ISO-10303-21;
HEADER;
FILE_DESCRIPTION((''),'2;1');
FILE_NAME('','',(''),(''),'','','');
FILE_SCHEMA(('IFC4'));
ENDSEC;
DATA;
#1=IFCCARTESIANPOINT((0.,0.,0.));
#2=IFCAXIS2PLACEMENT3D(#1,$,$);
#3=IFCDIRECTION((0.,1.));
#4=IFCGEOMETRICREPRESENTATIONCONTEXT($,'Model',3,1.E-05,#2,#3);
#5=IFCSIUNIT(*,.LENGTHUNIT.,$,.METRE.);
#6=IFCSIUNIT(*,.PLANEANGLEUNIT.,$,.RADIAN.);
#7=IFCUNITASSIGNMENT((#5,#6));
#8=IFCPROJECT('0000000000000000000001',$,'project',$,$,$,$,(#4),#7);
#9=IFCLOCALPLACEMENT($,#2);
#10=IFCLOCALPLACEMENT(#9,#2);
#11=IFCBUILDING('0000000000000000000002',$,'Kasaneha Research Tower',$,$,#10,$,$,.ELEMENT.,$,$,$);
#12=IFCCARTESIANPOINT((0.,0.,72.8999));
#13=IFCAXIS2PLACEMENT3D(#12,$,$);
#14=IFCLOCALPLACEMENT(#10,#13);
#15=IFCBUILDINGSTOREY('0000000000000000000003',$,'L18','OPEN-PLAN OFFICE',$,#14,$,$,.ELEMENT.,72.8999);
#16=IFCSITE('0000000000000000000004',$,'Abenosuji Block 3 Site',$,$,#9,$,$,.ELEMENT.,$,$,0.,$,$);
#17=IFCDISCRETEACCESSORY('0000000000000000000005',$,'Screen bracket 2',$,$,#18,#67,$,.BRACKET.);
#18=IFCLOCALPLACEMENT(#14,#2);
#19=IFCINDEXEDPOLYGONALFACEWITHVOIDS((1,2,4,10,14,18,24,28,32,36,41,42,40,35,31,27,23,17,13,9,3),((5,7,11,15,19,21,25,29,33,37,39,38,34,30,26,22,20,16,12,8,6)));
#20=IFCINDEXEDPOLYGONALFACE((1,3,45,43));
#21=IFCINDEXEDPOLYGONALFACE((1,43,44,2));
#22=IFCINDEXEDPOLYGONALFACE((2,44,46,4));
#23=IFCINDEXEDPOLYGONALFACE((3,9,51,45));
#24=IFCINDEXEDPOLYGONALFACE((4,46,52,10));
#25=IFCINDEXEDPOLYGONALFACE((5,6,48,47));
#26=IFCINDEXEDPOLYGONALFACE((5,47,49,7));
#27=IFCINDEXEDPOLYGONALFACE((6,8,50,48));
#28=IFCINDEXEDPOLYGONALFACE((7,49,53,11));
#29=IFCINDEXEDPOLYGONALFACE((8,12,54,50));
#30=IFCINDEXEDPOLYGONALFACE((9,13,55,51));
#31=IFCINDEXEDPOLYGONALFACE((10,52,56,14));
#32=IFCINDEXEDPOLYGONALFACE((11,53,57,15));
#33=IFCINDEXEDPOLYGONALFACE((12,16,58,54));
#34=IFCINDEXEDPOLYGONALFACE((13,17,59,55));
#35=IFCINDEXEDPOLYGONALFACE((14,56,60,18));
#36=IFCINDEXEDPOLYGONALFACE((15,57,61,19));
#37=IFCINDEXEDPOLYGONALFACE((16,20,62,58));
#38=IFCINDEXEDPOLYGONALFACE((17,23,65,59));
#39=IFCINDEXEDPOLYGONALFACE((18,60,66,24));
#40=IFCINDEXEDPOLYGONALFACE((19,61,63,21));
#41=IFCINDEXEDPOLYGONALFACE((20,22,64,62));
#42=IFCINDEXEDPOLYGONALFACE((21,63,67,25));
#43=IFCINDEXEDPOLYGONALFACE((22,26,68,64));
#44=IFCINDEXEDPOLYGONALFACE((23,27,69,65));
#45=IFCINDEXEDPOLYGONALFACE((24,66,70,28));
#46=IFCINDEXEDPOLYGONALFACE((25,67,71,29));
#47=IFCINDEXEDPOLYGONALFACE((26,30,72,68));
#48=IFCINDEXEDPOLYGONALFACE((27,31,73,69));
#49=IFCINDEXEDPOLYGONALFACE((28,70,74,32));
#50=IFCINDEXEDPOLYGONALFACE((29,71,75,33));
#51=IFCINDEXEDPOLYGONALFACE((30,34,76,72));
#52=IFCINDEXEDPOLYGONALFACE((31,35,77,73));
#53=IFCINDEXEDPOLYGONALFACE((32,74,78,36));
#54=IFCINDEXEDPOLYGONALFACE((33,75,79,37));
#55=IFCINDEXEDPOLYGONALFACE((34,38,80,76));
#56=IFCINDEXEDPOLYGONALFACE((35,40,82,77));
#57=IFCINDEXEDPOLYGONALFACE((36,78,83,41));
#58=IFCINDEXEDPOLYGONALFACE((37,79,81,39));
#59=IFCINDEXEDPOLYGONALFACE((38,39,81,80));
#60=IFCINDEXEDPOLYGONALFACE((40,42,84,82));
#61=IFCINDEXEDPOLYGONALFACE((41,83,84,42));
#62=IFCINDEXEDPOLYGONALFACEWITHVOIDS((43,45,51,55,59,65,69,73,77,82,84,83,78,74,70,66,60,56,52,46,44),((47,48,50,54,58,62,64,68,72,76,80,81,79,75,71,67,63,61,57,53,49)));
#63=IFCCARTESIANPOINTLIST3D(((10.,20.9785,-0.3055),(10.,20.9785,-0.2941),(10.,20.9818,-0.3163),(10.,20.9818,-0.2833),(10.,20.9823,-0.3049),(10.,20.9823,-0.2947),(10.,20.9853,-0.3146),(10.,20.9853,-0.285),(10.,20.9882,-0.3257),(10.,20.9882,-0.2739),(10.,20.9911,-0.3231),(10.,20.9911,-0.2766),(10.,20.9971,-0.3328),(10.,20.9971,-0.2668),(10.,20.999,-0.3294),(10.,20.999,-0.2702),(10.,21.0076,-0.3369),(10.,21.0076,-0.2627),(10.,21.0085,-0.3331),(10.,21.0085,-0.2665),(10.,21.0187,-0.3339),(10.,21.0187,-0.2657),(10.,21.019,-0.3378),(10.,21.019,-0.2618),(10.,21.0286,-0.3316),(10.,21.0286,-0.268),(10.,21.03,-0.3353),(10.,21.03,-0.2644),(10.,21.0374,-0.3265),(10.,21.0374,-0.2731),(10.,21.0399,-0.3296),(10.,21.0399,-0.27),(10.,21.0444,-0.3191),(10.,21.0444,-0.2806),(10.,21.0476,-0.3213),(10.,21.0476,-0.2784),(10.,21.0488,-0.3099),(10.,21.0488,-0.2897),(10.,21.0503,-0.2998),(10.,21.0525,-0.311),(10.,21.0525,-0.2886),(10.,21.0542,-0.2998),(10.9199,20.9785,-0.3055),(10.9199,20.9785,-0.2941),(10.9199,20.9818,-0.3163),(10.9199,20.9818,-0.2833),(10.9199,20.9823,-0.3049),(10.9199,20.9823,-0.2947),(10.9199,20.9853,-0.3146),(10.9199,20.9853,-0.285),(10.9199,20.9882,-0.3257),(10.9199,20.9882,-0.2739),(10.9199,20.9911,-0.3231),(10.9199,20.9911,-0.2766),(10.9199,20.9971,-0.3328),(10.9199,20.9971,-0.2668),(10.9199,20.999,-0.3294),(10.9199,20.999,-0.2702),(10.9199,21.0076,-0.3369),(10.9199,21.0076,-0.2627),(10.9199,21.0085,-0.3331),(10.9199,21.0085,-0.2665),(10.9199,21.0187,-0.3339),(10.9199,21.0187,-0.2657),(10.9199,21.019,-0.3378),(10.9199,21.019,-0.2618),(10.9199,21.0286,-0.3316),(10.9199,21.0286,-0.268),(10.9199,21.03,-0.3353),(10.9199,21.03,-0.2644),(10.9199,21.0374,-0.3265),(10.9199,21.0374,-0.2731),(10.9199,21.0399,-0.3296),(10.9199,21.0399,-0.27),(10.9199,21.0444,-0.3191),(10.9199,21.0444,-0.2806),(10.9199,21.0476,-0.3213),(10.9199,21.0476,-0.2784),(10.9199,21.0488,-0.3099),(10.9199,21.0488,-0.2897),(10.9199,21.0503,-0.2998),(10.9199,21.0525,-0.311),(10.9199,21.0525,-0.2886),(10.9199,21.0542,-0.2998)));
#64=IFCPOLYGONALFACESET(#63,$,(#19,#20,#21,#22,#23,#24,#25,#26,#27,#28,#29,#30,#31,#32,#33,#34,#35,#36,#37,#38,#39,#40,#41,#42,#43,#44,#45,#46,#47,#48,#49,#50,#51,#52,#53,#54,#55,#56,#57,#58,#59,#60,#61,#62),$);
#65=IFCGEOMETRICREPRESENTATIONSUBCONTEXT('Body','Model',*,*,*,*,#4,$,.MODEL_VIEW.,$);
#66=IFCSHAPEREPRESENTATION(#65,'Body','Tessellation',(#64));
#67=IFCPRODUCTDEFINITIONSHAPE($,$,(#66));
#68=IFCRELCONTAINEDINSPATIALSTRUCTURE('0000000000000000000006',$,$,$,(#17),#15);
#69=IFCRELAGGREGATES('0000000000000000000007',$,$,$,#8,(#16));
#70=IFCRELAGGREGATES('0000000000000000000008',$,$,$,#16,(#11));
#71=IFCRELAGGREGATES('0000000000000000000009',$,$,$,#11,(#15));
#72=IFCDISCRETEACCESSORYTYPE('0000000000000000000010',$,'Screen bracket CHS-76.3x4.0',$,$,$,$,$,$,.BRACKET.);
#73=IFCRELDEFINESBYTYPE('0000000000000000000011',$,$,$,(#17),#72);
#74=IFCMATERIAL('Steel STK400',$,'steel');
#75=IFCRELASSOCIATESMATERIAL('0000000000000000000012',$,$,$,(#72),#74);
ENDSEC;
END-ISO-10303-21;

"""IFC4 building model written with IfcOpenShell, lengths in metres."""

from ifc_helpers import new_model, si_unit, direction, frame, origin, origin_2d, place, context, subcontext, project, spatial, hollow_circle, extrude, material, material_profile, profile_set, type_object, element, save


model = new_model("IFC4")

# Units and contexts
model_context = context("Model", 3, precision=1e-05, world=origin(), true_north=direction((0.0, 1.0)))
body_context = subcontext(model_context, "Body", "Model", "MODEL_VIEW")
ifc_project = project(units=[si_unit("LENGTHUNIT", "METRE"), si_unit("PLANEANGLEUNIT", "RADIAN")], contexts=[model_context])

# Site, building, storey
site_placement = place(None, origin())
site = spatial("IfcSite", under=ifc_project, at=site_placement, Name="Abenosuji Block 3 Site", CompositionType="ELEMENT", RefElevation=0.0)
building_placement = place(site_placement, origin())
building = spatial("IfcBuilding", under=site, at=building_placement, Name="Kasaneha Research Tower", CompositionType="ELEMENT")
storey_placement = place(building_placement, frame((0.0, 0.0, 72.8999)))
storey = spatial("IfcBuildingStorey", under=building, at=storey_placement, Name="L18", Description="OPEN-PLAN OFFICE", CompositionType="ELEMENT", Elevation=72.8999)

# Discrete accessory
ifc_material_1 = material(Name="Steel STK400", Category="steel")
ifc_material_profile_1 = material_profile(ifc_material_1, hollow_circle(Radius=0.0381, WallThickness=0.0039, at=origin_2d()), Name="CHS-76.3x4.0")
ifc_profile_set_1 = profile_set([ifc_material_profile_1], Name="Steel STK400")
discrete_accessory_type = type_object("IfcDiscreteAccessoryType", Name="Screen bracket CHS-76.3x4.0", PredefinedType="BRACKET", material=ifc_profile_set_1)
for number, where, z_axis, x_axis, name in (
    (1, (10.0, 21.0161, -0.2998), (1.0, 0.0, 0.0), (0.0, 1.0, 0.0), "Screen bracket 2"),
):
    element("IfcDiscreteAccessory", number, at=place(storey_placement, frame(where, z_axis=z_axis, x_axis=x_axis)), inside=storey, type_object=discrete_accessory_type, Name=name, PredefinedType="BRACKET", context=body_context, shape_type="SweptSolid", body=[
        extrude(hollow_circle(Radius=0.0381, WallThickness=0.0039, at=origin_2d()), origin(), (0.0, 0.0, 1.0), 0.9199),
    ])

save(model, "model.ifc")
